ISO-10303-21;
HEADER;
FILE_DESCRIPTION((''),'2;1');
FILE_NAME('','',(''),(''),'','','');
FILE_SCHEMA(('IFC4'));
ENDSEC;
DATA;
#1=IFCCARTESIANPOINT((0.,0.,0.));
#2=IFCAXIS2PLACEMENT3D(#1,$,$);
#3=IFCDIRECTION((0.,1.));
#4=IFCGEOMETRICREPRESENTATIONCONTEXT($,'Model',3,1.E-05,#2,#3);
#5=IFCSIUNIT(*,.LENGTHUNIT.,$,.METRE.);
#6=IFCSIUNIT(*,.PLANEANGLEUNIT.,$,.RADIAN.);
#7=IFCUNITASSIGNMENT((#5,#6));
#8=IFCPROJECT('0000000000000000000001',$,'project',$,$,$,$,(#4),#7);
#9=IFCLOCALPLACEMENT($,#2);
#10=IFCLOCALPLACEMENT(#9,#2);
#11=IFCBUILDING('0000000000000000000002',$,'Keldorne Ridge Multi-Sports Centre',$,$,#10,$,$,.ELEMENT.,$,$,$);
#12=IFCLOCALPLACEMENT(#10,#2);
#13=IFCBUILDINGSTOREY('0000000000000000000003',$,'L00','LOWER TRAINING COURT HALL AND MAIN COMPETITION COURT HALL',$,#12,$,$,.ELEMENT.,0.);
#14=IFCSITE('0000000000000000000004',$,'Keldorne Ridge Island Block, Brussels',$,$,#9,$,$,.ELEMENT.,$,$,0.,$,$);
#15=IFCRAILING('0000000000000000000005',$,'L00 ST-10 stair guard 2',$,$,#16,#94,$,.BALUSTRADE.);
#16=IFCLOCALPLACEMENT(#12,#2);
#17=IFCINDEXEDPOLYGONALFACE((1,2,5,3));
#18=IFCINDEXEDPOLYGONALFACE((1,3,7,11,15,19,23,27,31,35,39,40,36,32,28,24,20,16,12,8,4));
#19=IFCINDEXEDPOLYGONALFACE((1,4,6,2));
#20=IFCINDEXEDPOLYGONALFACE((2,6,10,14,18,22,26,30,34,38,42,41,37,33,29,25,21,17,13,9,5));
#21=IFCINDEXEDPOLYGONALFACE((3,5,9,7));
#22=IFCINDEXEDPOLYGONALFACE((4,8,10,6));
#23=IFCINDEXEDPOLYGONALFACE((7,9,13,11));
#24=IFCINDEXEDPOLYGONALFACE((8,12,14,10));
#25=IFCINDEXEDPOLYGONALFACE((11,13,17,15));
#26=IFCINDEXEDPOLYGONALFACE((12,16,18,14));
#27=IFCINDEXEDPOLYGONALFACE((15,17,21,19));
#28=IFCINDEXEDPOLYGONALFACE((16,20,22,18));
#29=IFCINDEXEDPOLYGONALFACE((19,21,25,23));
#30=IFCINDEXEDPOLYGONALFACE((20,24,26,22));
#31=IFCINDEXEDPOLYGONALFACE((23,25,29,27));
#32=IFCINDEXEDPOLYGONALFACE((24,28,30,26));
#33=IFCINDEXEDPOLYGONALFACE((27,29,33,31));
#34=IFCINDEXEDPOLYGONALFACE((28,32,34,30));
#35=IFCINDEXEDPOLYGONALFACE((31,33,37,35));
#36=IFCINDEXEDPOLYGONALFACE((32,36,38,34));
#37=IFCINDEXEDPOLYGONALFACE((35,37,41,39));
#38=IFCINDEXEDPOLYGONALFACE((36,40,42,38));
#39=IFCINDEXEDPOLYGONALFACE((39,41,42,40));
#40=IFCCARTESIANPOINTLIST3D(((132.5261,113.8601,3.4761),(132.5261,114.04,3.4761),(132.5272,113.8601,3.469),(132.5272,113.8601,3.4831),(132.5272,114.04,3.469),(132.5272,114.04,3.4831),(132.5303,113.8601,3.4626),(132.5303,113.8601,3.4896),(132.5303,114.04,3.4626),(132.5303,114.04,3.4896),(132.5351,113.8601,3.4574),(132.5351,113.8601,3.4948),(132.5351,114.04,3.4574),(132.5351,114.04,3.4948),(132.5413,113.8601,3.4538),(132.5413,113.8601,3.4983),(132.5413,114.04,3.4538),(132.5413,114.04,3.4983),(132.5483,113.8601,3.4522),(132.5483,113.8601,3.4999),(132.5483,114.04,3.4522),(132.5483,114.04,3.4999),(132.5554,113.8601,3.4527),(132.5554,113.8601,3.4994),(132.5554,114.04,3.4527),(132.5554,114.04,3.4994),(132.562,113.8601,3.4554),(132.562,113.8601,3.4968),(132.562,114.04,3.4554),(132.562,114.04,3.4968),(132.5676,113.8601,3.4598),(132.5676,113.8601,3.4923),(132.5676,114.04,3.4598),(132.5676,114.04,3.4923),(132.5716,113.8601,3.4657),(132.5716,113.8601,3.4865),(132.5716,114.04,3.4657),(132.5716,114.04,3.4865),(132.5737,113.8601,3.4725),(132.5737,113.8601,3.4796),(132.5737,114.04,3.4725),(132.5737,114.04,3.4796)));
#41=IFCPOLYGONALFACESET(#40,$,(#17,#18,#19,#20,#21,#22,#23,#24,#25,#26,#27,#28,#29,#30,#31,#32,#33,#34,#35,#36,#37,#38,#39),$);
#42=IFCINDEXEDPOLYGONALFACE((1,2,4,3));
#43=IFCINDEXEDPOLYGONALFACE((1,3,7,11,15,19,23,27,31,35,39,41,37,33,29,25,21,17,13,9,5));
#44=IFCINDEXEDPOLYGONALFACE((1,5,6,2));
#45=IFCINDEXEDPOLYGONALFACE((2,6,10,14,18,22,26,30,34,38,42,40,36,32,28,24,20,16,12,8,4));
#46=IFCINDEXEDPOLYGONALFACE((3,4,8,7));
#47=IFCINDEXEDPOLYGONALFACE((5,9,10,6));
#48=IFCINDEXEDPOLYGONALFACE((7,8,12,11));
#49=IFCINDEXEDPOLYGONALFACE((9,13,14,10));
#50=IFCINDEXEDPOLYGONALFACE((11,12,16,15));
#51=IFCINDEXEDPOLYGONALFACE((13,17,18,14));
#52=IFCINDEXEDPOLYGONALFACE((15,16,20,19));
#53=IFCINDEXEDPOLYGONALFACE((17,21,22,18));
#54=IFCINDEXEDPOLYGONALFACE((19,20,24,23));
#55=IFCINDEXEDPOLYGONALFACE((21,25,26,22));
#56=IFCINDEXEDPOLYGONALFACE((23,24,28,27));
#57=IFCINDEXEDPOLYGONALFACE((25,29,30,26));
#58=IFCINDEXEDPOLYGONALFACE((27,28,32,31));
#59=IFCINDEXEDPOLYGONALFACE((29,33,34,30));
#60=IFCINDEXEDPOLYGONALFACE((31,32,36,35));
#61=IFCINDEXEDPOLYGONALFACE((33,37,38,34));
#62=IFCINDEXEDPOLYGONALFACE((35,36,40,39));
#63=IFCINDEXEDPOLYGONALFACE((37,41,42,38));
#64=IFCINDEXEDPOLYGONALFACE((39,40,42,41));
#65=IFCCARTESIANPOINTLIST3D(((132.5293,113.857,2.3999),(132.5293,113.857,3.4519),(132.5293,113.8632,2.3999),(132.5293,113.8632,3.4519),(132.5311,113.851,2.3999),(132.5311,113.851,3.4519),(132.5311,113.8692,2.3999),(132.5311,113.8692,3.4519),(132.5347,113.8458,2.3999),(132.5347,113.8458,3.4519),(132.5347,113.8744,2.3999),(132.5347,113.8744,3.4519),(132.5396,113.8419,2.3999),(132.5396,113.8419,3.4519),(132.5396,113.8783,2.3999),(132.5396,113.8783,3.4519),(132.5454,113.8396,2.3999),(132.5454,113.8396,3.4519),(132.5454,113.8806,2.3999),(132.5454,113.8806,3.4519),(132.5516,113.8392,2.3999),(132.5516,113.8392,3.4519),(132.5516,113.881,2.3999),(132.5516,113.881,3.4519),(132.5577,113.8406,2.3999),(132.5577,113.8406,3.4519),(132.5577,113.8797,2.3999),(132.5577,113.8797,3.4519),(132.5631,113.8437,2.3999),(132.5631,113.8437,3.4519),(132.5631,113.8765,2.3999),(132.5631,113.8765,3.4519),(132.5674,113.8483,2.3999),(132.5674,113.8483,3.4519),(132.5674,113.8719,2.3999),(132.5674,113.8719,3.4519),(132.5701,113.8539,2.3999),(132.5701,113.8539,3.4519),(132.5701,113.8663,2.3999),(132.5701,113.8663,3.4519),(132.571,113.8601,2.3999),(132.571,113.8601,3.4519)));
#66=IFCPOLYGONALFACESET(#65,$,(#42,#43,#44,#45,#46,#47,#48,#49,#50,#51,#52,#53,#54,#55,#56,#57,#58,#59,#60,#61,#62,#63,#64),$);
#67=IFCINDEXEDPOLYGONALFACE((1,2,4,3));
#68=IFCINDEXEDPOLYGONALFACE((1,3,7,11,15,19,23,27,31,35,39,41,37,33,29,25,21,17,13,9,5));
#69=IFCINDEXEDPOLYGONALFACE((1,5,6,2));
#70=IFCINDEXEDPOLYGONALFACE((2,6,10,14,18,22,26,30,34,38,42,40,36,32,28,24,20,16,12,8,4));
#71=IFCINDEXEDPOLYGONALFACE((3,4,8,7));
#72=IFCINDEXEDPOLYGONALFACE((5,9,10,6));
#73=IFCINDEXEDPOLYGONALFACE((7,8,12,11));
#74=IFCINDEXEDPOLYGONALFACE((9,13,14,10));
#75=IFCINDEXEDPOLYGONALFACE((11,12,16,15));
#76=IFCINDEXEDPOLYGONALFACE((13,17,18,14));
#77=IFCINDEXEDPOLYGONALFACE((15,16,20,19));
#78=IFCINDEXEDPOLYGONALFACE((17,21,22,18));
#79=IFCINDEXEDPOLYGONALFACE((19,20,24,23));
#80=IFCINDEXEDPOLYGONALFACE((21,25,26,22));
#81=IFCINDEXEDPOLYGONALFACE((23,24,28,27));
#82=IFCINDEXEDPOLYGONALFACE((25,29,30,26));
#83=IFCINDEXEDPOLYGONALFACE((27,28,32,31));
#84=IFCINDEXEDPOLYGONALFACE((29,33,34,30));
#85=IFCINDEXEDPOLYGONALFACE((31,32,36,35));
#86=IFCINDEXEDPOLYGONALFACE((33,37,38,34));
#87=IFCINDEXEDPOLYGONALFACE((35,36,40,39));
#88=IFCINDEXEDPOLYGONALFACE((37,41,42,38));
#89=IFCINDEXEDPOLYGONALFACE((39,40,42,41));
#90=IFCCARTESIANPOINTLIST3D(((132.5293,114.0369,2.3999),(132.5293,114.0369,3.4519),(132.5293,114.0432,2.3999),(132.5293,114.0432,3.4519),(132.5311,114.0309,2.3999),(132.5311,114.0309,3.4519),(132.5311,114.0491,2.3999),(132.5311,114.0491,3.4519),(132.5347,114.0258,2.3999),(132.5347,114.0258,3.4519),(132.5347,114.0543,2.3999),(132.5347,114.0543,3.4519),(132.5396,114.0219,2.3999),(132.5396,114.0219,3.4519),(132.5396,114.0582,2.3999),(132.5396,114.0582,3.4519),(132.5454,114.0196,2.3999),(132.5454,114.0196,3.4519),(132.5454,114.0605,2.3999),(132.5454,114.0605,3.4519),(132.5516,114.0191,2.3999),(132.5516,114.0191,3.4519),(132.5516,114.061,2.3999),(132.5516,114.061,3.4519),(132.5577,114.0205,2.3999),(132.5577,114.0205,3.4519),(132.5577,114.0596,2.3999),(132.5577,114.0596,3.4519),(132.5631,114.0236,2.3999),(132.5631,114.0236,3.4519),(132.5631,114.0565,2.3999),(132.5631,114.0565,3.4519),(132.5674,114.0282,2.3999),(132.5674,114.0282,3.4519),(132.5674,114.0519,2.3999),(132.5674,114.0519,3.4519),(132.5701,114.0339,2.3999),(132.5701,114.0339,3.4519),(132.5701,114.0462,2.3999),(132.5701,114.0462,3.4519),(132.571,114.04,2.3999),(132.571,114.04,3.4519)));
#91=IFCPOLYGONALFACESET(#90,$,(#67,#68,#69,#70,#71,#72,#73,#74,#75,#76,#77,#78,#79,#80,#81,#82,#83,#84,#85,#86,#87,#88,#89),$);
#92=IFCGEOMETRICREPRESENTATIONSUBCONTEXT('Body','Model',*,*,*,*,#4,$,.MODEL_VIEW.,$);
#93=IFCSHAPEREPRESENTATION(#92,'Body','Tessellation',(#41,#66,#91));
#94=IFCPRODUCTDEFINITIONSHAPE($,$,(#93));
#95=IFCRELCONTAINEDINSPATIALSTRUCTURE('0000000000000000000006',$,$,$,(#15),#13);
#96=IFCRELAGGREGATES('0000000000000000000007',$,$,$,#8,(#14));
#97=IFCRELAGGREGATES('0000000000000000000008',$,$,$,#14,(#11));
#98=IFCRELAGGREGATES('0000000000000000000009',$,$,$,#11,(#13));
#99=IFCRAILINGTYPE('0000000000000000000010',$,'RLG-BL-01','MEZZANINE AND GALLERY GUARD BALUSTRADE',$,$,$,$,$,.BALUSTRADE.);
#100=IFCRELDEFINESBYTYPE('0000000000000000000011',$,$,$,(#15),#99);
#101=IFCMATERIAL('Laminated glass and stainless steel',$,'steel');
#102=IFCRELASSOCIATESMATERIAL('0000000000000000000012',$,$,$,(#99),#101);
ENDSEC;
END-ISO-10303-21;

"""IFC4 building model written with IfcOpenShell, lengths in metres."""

from ifc_helpers import new_model, si_unit, direction, frame, origin, origin_2d, place, context, subcontext, project, spatial, circle, extrude, material, type_object, element, save


model = new_model("IFC4")

# Units and contexts
model_context = context("Model", 3, precision=1e-05, world=origin(), true_north=direction((0.0, 1.0)))
body_context = subcontext(model_context, "Body", "Model", "MODEL_VIEW")
ifc_project = project(units=[si_unit("LENGTHUNIT", "METRE"), si_unit("PLANEANGLEUNIT", "RADIAN")], contexts=[model_context])

# Site, building, storey
site_placement = place(None, origin())
site = spatial("IfcSite", under=ifc_project, at=site_placement, Name="Keldorne Ridge Island Block, Brussels", CompositionType="ELEMENT", RefElevation=0.0)
building_placement = place(site_placement, origin())
building = spatial("IfcBuilding", under=site, at=building_placement, Name="Keldorne Ridge Multi-Sports Centre", CompositionType="ELEMENT")
storey_placement = place(building_placement, origin())
storey = spatial("IfcBuildingStorey", under=building, at=storey_placement, Name="L00", Description="LOWER TRAINING COURT HALL AND MAIN COMPETITION COURT HALL", CompositionType="ELEMENT", Elevation=0.0)

# Railing
ifc_material_1 = material(Name="Laminated glass and stainless steel", Category="steel")
railing_type_1 = type_object("IfcRailingType", Name="RLG-BL-01", Description="MEZZANINE AND GALLERY GUARD BALUSTRADE", PredefinedType="BALUSTRADE", material=ifc_material_1)
railing_1_placement = place(storey_placement, frame((132.55, 113.8601, 2.3999)))
element("IfcRailing", 1, at=railing_1_placement, inside=storey, type_object=railing_type_1, Name="L00 ST-10 stair guard 2", PredefinedType="BALUSTRADE", context=body_context, shape_type="SweptSolid", body=[
    extrude(circle(Radius=0.0239, at=origin_2d()), frame((0.0, 0.0, 1.0762), z_axis=(0.0, 1.0, 0.0), x_axis=(-1.0, 0.0, 0.0)), (0.0, 0.0, 1.0), 0.1799),
    extrude(circle(Radius=0.021, at=origin_2d()), origin(), (0.0, 0.0, 1.0), 1.052),
    extrude(circle(Radius=0.021, at=origin_2d()), frame((0.0, 0.1799, 0.0)), (0.0, 0.0, 1.0), 1.052),
])

save(model, "model.ifc")
